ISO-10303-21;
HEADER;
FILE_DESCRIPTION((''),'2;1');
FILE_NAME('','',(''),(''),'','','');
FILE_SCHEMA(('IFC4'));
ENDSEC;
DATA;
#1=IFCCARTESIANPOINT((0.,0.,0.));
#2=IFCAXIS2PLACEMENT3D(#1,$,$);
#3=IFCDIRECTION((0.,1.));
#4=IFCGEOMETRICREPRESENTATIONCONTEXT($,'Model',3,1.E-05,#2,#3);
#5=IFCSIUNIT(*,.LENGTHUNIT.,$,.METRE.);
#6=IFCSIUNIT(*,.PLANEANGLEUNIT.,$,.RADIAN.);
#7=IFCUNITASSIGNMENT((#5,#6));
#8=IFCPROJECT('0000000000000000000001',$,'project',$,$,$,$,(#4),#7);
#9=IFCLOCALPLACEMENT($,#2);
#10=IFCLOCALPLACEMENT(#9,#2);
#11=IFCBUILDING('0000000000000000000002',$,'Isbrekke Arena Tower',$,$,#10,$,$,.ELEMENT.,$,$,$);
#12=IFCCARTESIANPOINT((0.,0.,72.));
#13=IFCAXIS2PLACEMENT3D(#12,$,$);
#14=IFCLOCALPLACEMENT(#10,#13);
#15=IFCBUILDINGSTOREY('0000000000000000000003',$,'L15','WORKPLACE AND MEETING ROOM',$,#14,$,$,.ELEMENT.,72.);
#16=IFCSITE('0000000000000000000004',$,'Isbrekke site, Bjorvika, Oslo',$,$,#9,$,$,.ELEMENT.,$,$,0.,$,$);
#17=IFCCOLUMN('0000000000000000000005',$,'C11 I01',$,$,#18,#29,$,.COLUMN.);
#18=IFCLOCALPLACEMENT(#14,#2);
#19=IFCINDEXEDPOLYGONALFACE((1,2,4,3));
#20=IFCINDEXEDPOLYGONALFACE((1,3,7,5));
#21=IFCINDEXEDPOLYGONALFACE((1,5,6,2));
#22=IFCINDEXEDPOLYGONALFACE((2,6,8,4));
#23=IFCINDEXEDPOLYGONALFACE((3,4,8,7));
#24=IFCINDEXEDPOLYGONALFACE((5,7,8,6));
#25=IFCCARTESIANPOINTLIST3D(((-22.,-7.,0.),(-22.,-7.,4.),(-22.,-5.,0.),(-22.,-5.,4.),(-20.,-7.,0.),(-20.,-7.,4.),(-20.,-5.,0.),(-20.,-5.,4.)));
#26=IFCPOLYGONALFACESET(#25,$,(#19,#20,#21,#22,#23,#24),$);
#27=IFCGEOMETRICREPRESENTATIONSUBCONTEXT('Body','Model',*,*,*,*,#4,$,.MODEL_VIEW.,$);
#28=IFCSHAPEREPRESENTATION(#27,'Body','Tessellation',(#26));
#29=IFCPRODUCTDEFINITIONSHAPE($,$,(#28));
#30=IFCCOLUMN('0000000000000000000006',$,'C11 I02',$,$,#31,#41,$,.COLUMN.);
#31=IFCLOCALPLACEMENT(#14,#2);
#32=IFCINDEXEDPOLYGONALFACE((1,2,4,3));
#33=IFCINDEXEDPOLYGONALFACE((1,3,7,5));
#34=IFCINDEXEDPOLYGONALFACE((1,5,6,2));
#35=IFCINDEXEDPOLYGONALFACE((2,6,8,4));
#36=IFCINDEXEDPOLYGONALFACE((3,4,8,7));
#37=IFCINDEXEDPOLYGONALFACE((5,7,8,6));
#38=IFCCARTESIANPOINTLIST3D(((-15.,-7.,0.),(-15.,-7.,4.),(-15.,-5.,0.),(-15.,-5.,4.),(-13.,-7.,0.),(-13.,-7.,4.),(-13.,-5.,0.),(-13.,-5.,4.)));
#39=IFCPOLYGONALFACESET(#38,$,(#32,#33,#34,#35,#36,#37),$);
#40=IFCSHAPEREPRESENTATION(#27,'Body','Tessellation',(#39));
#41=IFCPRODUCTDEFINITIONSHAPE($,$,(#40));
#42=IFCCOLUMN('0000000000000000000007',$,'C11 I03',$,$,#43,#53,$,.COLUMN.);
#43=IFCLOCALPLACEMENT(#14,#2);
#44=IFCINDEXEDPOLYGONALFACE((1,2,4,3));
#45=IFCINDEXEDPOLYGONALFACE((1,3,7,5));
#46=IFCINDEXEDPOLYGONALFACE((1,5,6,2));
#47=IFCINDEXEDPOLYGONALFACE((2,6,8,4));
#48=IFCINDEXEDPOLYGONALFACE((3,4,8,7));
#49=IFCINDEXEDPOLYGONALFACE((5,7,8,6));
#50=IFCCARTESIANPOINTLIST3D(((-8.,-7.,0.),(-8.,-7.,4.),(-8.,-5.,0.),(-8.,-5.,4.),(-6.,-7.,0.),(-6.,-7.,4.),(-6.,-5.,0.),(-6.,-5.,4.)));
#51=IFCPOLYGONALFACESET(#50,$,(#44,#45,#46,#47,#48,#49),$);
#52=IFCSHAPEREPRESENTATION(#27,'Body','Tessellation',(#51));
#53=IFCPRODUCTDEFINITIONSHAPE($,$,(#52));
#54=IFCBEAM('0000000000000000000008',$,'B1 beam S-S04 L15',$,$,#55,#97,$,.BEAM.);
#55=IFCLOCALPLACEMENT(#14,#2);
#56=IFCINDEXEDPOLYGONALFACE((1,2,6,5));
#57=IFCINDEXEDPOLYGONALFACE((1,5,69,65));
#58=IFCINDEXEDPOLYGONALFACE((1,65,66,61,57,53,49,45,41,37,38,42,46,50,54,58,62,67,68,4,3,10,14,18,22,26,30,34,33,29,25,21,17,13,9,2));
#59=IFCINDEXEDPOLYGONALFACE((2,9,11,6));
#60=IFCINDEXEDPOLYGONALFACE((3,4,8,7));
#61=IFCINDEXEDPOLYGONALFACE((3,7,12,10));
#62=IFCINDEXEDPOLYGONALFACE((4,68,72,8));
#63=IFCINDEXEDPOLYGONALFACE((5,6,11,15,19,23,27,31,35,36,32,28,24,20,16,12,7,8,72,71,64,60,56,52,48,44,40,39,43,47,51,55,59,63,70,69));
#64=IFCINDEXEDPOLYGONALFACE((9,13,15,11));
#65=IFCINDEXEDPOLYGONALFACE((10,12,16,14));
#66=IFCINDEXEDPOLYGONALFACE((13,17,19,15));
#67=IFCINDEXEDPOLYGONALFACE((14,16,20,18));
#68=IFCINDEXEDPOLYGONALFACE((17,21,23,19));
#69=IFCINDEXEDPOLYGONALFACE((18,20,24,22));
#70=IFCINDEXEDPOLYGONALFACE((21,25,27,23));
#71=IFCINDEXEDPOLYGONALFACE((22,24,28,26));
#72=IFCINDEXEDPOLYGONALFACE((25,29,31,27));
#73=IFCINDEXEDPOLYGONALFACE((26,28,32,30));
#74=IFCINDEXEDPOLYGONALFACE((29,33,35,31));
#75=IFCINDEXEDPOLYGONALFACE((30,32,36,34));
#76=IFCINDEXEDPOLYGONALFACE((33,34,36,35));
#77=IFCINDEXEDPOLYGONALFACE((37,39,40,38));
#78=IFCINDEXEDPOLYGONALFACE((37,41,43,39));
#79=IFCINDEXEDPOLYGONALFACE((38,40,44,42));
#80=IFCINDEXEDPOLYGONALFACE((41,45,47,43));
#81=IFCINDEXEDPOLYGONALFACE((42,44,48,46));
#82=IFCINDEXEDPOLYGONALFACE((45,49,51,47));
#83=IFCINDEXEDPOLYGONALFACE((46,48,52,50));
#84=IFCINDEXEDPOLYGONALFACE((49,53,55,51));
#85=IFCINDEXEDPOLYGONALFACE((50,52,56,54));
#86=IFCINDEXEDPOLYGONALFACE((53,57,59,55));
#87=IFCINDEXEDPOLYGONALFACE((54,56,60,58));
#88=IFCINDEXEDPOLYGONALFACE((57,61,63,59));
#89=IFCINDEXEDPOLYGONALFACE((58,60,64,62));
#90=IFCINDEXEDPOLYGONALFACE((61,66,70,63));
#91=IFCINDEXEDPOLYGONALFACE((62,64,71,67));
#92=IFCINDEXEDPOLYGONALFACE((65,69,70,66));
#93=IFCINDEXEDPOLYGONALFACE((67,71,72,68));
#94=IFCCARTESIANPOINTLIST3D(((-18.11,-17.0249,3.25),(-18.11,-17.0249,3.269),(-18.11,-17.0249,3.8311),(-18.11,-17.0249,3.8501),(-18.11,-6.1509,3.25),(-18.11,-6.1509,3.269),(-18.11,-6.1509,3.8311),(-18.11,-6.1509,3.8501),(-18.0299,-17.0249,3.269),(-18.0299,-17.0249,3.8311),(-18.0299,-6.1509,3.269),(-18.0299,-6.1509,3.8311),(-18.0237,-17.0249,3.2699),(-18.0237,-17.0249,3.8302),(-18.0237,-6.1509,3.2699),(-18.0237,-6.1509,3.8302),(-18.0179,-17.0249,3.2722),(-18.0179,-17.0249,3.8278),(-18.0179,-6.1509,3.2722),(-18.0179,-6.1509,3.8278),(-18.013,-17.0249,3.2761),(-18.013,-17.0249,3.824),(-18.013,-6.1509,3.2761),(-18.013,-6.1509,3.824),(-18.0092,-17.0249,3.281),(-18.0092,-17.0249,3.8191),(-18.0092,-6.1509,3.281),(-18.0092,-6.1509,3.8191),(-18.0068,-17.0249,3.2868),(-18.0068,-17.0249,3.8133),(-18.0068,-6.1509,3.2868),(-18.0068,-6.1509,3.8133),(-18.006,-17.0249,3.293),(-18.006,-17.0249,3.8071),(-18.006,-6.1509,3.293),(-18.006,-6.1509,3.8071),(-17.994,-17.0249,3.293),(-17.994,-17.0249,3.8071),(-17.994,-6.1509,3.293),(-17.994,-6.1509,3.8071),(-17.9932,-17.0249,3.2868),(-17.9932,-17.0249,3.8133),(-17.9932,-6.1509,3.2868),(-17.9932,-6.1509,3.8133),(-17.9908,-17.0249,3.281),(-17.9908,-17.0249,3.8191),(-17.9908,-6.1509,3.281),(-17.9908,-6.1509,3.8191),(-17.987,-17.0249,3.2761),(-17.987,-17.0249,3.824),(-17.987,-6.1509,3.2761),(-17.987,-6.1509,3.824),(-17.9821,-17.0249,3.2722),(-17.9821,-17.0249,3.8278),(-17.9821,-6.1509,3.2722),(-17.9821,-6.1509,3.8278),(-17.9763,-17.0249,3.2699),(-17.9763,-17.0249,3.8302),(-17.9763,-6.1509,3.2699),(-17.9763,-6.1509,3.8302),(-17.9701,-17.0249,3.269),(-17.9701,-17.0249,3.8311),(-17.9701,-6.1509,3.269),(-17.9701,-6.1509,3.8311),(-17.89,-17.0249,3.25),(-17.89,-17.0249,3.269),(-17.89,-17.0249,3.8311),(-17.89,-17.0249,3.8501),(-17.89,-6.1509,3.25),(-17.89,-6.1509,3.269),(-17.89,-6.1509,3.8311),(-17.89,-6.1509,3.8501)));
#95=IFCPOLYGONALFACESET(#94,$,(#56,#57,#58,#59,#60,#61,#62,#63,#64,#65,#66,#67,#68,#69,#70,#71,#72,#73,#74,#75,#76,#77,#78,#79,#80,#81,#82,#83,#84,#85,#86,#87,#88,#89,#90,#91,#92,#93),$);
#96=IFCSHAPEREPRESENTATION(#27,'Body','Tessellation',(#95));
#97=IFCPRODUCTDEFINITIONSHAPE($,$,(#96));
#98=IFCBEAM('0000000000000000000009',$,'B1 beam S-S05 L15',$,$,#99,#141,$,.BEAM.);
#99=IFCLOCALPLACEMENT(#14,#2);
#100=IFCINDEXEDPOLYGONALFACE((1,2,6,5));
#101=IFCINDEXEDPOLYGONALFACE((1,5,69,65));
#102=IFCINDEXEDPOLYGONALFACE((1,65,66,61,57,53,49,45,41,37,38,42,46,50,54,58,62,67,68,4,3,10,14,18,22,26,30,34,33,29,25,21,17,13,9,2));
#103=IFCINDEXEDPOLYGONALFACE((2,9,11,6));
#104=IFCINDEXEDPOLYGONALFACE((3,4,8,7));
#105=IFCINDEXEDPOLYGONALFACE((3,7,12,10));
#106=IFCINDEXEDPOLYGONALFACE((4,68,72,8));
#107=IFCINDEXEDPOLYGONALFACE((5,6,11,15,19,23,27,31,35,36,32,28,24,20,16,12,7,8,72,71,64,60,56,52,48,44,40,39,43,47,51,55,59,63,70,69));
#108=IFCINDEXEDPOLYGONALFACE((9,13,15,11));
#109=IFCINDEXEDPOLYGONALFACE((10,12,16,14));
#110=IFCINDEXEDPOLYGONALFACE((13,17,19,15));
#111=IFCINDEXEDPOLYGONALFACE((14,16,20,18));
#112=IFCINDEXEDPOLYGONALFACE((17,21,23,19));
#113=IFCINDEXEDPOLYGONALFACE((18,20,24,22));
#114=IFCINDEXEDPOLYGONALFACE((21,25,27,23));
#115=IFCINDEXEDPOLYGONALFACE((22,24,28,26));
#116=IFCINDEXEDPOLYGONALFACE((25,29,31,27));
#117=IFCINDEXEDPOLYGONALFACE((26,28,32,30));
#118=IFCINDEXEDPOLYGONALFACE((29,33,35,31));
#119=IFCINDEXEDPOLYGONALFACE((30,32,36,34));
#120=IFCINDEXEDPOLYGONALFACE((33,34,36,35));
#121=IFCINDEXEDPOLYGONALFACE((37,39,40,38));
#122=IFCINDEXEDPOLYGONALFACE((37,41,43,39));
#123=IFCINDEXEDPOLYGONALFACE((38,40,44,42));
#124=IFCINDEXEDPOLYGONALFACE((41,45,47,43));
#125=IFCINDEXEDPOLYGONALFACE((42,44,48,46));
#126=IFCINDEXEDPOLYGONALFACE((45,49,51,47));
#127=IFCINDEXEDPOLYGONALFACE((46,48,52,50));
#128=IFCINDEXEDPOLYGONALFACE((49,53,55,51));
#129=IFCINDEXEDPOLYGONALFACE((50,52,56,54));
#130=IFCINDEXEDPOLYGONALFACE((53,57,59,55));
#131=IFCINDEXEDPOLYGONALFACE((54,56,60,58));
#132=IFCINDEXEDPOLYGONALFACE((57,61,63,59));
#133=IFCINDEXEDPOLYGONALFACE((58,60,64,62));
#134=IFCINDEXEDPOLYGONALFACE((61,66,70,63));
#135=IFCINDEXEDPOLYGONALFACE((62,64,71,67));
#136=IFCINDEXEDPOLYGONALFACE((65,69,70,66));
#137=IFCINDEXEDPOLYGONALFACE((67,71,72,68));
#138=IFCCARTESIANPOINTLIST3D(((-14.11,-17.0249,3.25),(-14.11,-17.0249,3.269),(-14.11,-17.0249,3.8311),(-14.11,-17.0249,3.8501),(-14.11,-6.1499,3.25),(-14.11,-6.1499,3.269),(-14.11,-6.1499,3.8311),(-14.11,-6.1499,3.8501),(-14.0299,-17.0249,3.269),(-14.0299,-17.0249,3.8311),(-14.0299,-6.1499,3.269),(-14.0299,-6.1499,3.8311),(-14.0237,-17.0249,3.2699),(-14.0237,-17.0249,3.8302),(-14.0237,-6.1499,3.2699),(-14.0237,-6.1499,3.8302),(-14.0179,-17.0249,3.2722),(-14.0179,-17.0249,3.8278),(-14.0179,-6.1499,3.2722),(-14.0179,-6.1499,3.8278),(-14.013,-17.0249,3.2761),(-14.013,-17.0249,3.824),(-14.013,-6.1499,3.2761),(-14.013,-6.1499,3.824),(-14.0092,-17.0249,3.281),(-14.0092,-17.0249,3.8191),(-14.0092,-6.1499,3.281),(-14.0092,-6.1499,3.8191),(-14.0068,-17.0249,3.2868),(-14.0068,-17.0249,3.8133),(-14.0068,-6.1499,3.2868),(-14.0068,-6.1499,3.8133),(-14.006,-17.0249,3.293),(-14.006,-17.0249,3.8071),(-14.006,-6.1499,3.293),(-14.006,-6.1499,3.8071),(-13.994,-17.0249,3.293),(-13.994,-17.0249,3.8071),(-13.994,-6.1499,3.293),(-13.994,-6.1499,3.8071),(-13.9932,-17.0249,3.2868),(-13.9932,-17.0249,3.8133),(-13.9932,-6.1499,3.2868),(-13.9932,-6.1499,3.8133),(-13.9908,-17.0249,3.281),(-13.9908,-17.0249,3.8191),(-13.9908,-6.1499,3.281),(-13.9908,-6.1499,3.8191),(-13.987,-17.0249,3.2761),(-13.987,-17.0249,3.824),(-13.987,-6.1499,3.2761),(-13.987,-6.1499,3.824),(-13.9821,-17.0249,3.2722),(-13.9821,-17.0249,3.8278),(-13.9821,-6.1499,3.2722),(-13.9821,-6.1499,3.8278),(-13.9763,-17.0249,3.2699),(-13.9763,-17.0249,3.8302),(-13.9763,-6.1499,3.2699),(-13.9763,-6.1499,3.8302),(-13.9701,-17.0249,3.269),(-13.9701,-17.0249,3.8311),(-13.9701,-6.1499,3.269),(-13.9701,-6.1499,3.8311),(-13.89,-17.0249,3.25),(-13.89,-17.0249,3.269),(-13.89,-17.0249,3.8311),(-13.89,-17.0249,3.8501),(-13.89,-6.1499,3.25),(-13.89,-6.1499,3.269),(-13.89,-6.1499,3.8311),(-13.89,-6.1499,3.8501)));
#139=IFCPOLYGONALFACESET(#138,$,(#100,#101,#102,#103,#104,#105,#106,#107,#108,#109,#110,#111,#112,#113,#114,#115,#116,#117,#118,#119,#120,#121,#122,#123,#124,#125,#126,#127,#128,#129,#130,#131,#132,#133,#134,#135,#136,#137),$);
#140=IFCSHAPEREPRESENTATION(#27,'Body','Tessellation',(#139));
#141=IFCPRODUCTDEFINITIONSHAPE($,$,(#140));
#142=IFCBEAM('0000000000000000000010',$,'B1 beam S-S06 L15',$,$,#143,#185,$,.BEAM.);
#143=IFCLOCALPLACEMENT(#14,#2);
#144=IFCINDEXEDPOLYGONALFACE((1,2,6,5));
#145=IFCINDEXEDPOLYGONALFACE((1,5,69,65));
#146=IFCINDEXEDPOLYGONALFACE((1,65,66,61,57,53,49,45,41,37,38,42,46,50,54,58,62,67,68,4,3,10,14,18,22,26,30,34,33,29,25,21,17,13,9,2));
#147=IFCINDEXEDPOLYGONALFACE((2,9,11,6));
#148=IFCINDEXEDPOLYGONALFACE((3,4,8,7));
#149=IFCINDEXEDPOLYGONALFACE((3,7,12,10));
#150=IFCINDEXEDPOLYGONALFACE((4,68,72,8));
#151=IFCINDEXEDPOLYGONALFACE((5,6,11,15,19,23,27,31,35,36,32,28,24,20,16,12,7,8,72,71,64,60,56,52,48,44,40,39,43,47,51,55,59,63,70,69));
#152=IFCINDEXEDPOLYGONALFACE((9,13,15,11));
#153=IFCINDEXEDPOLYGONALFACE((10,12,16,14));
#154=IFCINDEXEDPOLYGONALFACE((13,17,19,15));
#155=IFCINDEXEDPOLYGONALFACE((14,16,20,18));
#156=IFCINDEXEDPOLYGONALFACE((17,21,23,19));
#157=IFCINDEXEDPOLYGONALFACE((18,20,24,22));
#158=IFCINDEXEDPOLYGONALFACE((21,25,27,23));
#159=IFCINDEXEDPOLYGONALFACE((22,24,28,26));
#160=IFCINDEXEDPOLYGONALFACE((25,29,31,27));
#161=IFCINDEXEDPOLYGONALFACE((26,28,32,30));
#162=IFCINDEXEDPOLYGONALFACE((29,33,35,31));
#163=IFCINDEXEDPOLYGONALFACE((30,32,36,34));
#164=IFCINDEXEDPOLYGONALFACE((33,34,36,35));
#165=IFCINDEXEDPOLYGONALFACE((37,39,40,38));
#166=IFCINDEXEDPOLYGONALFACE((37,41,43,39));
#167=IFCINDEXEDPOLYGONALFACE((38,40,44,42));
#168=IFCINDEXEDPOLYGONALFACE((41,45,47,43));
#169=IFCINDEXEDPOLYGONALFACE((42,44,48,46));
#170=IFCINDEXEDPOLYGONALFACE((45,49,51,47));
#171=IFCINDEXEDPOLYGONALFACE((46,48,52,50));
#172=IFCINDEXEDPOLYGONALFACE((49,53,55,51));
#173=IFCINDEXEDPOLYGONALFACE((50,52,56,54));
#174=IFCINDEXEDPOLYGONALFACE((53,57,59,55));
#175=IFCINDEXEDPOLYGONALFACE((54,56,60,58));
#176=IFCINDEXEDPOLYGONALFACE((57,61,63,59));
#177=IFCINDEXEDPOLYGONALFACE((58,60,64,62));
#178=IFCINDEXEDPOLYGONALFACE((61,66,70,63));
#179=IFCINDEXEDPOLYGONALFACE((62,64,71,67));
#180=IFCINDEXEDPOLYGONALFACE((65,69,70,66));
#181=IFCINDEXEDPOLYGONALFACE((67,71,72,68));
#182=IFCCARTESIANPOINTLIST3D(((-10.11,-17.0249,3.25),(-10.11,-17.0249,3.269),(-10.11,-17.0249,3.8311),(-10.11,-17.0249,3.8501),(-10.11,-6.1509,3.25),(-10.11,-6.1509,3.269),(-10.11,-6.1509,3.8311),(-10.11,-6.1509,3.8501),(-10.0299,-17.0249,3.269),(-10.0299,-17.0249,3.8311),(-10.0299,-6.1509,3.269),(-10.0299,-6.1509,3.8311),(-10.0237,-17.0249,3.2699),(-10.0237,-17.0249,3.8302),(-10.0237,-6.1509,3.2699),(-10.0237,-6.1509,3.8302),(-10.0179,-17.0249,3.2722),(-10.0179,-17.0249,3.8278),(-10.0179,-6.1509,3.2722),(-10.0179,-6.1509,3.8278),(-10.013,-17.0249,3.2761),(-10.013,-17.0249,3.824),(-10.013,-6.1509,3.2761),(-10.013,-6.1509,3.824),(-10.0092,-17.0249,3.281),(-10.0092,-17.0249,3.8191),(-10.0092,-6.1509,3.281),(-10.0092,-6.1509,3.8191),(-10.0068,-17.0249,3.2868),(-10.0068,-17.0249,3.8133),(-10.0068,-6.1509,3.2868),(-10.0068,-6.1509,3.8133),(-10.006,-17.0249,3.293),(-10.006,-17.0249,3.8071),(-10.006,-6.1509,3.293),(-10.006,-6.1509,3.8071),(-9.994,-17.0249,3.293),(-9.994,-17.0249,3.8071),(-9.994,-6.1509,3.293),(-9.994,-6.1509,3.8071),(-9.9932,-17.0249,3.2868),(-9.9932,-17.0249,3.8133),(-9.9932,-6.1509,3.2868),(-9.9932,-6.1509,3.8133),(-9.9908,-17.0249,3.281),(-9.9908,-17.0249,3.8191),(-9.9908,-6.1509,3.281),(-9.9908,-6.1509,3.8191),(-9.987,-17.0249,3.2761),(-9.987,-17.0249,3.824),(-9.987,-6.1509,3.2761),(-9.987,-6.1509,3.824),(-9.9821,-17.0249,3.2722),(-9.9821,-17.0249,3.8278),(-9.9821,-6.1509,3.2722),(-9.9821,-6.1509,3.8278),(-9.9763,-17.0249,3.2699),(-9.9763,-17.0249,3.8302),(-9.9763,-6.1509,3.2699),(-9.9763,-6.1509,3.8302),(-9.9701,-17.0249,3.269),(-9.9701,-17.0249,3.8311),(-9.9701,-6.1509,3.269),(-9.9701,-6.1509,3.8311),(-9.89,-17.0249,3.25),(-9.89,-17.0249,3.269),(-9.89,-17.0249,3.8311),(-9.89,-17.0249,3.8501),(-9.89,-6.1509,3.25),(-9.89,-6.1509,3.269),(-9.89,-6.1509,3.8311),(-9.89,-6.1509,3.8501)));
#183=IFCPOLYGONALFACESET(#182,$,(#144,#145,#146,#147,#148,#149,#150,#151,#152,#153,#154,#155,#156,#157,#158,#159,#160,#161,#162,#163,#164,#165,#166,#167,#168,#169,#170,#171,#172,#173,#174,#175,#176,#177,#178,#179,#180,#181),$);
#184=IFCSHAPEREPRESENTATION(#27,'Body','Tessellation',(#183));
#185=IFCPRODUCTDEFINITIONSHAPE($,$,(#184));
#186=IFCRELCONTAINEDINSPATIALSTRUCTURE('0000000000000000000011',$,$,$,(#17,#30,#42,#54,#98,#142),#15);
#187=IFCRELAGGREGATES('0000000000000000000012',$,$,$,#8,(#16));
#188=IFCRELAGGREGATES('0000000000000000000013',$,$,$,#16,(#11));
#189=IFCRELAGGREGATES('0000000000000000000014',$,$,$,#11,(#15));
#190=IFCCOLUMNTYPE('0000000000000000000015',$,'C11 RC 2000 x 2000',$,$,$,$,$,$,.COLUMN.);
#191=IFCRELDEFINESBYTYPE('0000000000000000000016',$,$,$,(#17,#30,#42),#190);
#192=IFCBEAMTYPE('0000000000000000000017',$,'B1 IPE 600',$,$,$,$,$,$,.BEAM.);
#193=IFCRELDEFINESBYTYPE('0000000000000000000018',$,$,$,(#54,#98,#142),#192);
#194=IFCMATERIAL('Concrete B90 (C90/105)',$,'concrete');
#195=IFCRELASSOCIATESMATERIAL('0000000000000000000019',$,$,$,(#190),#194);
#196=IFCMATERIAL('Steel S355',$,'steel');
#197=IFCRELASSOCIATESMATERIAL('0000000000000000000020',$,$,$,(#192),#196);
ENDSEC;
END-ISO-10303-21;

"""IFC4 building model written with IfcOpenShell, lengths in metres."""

from ifc_helpers import new_model, si_unit, direction, frame, origin, origin_2d, place, context, subcontext, project, spatial, rectangle, i_section, extrude, material, material_profile, profile_set, type_object, element, save


model = new_model("IFC4")

# Units and contexts
model_context = context("Model", 3, precision=1e-05, world=origin(), true_north=direction((0.0, 1.0)))
body_context = subcontext(model_context, "Body", "Model", "MODEL_VIEW")
ifc_project = project(units=[si_unit("LENGTHUNIT", "METRE"), si_unit("PLANEANGLEUNIT", "RADIAN")], contexts=[model_context])

# Site, building, storey
site_placement = place(None, origin())
site = spatial("IfcSite", under=ifc_project, at=site_placement, Name="Isbrekke site, Bjorvika, Oslo", CompositionType="ELEMENT", RefElevation=0.0)
building_placement = place(site_placement, origin())
building = spatial("IfcBuilding", under=site, at=building_placement, Name="Isbrekke Arena Tower", CompositionType="ELEMENT")
storey_placement = place(building_placement, frame((0.0, 0.0, 72.0)))
storey = spatial("IfcBuildingStorey", under=building, at=storey_placement, Name="L15", Description="WORKPLACE AND MEETING ROOM", CompositionType="ELEMENT", Elevation=72.0)

# Columns
ifc_material_1 = material(Name="Concrete B90 (C90/105)", Category="concrete")
ifc_material_profile_1 = material_profile(ifc_material_1, rectangle(XDim=2.0, YDim=2.0, at=origin_2d()), Name="RC 2000x2000")
ifc_profile_set_1 = profile_set([ifc_material_profile_1], Name="Concrete B90 (C90/105)")
column_type = type_object("IfcColumnType", Name="C11 RC 2000 x 2000", PredefinedType="COLUMN", material=ifc_profile_set_1)
for number, where, z_axis, x_axis, name in (
    (1, (-21.0, -6.0, 0.0), (0.0, 0.0, 1.0), (1.0, 0.0, 0.0), "C11 I01"),
    (2, (-14.0, -6.0, 0.0), (0.0, 0.0, 1.0), (1.0, 0.0, 0.0), "C11 I02"),
    (3, (-7.0, -6.0, 0.0), (0.0, 0.0, 1.0), (1.0, 0.0, 0.0), "C11 I03"),
):
    element("IfcColumn", number, at=place(storey_placement, frame(where, z_axis=z_axis, x_axis=x_axis)), inside=storey, type_object=column_type, Name=name, PredefinedType="COLUMN", context=body_context, shape_type="SweptSolid", body=[
        extrude(rectangle(XDim=2.0, YDim=2.0, at=origin_2d()), origin(), (0.0, 0.0, 1.0), 4.0),
    ])

# Beams
ifc_material_2 = material(Name="Steel S355", Category="steel")
ifc_material_profile_2 = material_profile(ifc_material_2, i_section(OverallWidth=0.22, OverallDepth=0.6001, WebThickness=0.012, FlangeThickness=0.019, FilletRadius=0.0239, at=origin_2d()), Name="IPE 600")
ifc_profile_set_2 = profile_set([ifc_material_profile_2], Name="Steel S355")
beam_type_1 = type_object("IfcBeamType", Name="B1 IPE 600", PredefinedType="BEAM", material=ifc_profile_set_2)
beam_1_placement = place(storey_placement, frame((-18.0, -17.0249, 3.55), z_axis=(0.0, 1.0, 0.0), x_axis=(-1.0, 0.0, 0.0)))
element("IfcBeam", 4, at=beam_1_placement, inside=storey, type_object=beam_type_1, Name="B1 beam S-S04 L15", PredefinedType="BEAM", context=body_context, shape_type="SweptSolid", body=[
    extrude(i_section(OverallWidth=0.22, OverallDepth=0.6001, WebThickness=0.012, FlangeThickness=0.019, FilletRadius=0.0239, at=origin_2d()), origin(), (0.0, 0.0, 1.0), 10.874),
])
beam_2_placement = place(storey_placement, frame((-14.0, -17.0249, 3.55), z_axis=(0.0, 1.0, 0.0), x_axis=(-1.0, 0.0, 0.0)))
element("IfcBeam", 5, at=beam_2_placement, inside=storey, type_object=beam_type_1, Name="B1 beam S-S05 L15", PredefinedType="BEAM", context=body_context, shape_type="SweptSolid", body=[
    extrude(i_section(OverallWidth=0.22, OverallDepth=0.6001, WebThickness=0.012, FlangeThickness=0.019, FilletRadius=0.0239, at=origin_2d()), origin(), (0.0, 0.0, 1.0), 10.875),
])
for number, where, z_axis, x_axis, name in (
    (6, (-10.0, -17.0249, 3.55), (0.0, 1.0, 0.0), (-1.0, 0.0, 0.0), "B1 beam S-S06 L15"),
):
    element("IfcBeam", number, at=place(storey_placement, frame(where, z_axis=z_axis, x_axis=x_axis)), inside=storey, type_object=beam_type_1, Name=name, PredefinedType="BEAM", context=body_context, shape_type="SweptSolid", body=[
        extrude(i_section(OverallWidth=0.22, OverallDepth=0.6001, WebThickness=0.012, FlangeThickness=0.019, FilletRadius=0.0239, at=origin_2d()), origin(), (0.0, 0.0, 1.0), 10.874),
    ])

save(model, "model.ifc")
